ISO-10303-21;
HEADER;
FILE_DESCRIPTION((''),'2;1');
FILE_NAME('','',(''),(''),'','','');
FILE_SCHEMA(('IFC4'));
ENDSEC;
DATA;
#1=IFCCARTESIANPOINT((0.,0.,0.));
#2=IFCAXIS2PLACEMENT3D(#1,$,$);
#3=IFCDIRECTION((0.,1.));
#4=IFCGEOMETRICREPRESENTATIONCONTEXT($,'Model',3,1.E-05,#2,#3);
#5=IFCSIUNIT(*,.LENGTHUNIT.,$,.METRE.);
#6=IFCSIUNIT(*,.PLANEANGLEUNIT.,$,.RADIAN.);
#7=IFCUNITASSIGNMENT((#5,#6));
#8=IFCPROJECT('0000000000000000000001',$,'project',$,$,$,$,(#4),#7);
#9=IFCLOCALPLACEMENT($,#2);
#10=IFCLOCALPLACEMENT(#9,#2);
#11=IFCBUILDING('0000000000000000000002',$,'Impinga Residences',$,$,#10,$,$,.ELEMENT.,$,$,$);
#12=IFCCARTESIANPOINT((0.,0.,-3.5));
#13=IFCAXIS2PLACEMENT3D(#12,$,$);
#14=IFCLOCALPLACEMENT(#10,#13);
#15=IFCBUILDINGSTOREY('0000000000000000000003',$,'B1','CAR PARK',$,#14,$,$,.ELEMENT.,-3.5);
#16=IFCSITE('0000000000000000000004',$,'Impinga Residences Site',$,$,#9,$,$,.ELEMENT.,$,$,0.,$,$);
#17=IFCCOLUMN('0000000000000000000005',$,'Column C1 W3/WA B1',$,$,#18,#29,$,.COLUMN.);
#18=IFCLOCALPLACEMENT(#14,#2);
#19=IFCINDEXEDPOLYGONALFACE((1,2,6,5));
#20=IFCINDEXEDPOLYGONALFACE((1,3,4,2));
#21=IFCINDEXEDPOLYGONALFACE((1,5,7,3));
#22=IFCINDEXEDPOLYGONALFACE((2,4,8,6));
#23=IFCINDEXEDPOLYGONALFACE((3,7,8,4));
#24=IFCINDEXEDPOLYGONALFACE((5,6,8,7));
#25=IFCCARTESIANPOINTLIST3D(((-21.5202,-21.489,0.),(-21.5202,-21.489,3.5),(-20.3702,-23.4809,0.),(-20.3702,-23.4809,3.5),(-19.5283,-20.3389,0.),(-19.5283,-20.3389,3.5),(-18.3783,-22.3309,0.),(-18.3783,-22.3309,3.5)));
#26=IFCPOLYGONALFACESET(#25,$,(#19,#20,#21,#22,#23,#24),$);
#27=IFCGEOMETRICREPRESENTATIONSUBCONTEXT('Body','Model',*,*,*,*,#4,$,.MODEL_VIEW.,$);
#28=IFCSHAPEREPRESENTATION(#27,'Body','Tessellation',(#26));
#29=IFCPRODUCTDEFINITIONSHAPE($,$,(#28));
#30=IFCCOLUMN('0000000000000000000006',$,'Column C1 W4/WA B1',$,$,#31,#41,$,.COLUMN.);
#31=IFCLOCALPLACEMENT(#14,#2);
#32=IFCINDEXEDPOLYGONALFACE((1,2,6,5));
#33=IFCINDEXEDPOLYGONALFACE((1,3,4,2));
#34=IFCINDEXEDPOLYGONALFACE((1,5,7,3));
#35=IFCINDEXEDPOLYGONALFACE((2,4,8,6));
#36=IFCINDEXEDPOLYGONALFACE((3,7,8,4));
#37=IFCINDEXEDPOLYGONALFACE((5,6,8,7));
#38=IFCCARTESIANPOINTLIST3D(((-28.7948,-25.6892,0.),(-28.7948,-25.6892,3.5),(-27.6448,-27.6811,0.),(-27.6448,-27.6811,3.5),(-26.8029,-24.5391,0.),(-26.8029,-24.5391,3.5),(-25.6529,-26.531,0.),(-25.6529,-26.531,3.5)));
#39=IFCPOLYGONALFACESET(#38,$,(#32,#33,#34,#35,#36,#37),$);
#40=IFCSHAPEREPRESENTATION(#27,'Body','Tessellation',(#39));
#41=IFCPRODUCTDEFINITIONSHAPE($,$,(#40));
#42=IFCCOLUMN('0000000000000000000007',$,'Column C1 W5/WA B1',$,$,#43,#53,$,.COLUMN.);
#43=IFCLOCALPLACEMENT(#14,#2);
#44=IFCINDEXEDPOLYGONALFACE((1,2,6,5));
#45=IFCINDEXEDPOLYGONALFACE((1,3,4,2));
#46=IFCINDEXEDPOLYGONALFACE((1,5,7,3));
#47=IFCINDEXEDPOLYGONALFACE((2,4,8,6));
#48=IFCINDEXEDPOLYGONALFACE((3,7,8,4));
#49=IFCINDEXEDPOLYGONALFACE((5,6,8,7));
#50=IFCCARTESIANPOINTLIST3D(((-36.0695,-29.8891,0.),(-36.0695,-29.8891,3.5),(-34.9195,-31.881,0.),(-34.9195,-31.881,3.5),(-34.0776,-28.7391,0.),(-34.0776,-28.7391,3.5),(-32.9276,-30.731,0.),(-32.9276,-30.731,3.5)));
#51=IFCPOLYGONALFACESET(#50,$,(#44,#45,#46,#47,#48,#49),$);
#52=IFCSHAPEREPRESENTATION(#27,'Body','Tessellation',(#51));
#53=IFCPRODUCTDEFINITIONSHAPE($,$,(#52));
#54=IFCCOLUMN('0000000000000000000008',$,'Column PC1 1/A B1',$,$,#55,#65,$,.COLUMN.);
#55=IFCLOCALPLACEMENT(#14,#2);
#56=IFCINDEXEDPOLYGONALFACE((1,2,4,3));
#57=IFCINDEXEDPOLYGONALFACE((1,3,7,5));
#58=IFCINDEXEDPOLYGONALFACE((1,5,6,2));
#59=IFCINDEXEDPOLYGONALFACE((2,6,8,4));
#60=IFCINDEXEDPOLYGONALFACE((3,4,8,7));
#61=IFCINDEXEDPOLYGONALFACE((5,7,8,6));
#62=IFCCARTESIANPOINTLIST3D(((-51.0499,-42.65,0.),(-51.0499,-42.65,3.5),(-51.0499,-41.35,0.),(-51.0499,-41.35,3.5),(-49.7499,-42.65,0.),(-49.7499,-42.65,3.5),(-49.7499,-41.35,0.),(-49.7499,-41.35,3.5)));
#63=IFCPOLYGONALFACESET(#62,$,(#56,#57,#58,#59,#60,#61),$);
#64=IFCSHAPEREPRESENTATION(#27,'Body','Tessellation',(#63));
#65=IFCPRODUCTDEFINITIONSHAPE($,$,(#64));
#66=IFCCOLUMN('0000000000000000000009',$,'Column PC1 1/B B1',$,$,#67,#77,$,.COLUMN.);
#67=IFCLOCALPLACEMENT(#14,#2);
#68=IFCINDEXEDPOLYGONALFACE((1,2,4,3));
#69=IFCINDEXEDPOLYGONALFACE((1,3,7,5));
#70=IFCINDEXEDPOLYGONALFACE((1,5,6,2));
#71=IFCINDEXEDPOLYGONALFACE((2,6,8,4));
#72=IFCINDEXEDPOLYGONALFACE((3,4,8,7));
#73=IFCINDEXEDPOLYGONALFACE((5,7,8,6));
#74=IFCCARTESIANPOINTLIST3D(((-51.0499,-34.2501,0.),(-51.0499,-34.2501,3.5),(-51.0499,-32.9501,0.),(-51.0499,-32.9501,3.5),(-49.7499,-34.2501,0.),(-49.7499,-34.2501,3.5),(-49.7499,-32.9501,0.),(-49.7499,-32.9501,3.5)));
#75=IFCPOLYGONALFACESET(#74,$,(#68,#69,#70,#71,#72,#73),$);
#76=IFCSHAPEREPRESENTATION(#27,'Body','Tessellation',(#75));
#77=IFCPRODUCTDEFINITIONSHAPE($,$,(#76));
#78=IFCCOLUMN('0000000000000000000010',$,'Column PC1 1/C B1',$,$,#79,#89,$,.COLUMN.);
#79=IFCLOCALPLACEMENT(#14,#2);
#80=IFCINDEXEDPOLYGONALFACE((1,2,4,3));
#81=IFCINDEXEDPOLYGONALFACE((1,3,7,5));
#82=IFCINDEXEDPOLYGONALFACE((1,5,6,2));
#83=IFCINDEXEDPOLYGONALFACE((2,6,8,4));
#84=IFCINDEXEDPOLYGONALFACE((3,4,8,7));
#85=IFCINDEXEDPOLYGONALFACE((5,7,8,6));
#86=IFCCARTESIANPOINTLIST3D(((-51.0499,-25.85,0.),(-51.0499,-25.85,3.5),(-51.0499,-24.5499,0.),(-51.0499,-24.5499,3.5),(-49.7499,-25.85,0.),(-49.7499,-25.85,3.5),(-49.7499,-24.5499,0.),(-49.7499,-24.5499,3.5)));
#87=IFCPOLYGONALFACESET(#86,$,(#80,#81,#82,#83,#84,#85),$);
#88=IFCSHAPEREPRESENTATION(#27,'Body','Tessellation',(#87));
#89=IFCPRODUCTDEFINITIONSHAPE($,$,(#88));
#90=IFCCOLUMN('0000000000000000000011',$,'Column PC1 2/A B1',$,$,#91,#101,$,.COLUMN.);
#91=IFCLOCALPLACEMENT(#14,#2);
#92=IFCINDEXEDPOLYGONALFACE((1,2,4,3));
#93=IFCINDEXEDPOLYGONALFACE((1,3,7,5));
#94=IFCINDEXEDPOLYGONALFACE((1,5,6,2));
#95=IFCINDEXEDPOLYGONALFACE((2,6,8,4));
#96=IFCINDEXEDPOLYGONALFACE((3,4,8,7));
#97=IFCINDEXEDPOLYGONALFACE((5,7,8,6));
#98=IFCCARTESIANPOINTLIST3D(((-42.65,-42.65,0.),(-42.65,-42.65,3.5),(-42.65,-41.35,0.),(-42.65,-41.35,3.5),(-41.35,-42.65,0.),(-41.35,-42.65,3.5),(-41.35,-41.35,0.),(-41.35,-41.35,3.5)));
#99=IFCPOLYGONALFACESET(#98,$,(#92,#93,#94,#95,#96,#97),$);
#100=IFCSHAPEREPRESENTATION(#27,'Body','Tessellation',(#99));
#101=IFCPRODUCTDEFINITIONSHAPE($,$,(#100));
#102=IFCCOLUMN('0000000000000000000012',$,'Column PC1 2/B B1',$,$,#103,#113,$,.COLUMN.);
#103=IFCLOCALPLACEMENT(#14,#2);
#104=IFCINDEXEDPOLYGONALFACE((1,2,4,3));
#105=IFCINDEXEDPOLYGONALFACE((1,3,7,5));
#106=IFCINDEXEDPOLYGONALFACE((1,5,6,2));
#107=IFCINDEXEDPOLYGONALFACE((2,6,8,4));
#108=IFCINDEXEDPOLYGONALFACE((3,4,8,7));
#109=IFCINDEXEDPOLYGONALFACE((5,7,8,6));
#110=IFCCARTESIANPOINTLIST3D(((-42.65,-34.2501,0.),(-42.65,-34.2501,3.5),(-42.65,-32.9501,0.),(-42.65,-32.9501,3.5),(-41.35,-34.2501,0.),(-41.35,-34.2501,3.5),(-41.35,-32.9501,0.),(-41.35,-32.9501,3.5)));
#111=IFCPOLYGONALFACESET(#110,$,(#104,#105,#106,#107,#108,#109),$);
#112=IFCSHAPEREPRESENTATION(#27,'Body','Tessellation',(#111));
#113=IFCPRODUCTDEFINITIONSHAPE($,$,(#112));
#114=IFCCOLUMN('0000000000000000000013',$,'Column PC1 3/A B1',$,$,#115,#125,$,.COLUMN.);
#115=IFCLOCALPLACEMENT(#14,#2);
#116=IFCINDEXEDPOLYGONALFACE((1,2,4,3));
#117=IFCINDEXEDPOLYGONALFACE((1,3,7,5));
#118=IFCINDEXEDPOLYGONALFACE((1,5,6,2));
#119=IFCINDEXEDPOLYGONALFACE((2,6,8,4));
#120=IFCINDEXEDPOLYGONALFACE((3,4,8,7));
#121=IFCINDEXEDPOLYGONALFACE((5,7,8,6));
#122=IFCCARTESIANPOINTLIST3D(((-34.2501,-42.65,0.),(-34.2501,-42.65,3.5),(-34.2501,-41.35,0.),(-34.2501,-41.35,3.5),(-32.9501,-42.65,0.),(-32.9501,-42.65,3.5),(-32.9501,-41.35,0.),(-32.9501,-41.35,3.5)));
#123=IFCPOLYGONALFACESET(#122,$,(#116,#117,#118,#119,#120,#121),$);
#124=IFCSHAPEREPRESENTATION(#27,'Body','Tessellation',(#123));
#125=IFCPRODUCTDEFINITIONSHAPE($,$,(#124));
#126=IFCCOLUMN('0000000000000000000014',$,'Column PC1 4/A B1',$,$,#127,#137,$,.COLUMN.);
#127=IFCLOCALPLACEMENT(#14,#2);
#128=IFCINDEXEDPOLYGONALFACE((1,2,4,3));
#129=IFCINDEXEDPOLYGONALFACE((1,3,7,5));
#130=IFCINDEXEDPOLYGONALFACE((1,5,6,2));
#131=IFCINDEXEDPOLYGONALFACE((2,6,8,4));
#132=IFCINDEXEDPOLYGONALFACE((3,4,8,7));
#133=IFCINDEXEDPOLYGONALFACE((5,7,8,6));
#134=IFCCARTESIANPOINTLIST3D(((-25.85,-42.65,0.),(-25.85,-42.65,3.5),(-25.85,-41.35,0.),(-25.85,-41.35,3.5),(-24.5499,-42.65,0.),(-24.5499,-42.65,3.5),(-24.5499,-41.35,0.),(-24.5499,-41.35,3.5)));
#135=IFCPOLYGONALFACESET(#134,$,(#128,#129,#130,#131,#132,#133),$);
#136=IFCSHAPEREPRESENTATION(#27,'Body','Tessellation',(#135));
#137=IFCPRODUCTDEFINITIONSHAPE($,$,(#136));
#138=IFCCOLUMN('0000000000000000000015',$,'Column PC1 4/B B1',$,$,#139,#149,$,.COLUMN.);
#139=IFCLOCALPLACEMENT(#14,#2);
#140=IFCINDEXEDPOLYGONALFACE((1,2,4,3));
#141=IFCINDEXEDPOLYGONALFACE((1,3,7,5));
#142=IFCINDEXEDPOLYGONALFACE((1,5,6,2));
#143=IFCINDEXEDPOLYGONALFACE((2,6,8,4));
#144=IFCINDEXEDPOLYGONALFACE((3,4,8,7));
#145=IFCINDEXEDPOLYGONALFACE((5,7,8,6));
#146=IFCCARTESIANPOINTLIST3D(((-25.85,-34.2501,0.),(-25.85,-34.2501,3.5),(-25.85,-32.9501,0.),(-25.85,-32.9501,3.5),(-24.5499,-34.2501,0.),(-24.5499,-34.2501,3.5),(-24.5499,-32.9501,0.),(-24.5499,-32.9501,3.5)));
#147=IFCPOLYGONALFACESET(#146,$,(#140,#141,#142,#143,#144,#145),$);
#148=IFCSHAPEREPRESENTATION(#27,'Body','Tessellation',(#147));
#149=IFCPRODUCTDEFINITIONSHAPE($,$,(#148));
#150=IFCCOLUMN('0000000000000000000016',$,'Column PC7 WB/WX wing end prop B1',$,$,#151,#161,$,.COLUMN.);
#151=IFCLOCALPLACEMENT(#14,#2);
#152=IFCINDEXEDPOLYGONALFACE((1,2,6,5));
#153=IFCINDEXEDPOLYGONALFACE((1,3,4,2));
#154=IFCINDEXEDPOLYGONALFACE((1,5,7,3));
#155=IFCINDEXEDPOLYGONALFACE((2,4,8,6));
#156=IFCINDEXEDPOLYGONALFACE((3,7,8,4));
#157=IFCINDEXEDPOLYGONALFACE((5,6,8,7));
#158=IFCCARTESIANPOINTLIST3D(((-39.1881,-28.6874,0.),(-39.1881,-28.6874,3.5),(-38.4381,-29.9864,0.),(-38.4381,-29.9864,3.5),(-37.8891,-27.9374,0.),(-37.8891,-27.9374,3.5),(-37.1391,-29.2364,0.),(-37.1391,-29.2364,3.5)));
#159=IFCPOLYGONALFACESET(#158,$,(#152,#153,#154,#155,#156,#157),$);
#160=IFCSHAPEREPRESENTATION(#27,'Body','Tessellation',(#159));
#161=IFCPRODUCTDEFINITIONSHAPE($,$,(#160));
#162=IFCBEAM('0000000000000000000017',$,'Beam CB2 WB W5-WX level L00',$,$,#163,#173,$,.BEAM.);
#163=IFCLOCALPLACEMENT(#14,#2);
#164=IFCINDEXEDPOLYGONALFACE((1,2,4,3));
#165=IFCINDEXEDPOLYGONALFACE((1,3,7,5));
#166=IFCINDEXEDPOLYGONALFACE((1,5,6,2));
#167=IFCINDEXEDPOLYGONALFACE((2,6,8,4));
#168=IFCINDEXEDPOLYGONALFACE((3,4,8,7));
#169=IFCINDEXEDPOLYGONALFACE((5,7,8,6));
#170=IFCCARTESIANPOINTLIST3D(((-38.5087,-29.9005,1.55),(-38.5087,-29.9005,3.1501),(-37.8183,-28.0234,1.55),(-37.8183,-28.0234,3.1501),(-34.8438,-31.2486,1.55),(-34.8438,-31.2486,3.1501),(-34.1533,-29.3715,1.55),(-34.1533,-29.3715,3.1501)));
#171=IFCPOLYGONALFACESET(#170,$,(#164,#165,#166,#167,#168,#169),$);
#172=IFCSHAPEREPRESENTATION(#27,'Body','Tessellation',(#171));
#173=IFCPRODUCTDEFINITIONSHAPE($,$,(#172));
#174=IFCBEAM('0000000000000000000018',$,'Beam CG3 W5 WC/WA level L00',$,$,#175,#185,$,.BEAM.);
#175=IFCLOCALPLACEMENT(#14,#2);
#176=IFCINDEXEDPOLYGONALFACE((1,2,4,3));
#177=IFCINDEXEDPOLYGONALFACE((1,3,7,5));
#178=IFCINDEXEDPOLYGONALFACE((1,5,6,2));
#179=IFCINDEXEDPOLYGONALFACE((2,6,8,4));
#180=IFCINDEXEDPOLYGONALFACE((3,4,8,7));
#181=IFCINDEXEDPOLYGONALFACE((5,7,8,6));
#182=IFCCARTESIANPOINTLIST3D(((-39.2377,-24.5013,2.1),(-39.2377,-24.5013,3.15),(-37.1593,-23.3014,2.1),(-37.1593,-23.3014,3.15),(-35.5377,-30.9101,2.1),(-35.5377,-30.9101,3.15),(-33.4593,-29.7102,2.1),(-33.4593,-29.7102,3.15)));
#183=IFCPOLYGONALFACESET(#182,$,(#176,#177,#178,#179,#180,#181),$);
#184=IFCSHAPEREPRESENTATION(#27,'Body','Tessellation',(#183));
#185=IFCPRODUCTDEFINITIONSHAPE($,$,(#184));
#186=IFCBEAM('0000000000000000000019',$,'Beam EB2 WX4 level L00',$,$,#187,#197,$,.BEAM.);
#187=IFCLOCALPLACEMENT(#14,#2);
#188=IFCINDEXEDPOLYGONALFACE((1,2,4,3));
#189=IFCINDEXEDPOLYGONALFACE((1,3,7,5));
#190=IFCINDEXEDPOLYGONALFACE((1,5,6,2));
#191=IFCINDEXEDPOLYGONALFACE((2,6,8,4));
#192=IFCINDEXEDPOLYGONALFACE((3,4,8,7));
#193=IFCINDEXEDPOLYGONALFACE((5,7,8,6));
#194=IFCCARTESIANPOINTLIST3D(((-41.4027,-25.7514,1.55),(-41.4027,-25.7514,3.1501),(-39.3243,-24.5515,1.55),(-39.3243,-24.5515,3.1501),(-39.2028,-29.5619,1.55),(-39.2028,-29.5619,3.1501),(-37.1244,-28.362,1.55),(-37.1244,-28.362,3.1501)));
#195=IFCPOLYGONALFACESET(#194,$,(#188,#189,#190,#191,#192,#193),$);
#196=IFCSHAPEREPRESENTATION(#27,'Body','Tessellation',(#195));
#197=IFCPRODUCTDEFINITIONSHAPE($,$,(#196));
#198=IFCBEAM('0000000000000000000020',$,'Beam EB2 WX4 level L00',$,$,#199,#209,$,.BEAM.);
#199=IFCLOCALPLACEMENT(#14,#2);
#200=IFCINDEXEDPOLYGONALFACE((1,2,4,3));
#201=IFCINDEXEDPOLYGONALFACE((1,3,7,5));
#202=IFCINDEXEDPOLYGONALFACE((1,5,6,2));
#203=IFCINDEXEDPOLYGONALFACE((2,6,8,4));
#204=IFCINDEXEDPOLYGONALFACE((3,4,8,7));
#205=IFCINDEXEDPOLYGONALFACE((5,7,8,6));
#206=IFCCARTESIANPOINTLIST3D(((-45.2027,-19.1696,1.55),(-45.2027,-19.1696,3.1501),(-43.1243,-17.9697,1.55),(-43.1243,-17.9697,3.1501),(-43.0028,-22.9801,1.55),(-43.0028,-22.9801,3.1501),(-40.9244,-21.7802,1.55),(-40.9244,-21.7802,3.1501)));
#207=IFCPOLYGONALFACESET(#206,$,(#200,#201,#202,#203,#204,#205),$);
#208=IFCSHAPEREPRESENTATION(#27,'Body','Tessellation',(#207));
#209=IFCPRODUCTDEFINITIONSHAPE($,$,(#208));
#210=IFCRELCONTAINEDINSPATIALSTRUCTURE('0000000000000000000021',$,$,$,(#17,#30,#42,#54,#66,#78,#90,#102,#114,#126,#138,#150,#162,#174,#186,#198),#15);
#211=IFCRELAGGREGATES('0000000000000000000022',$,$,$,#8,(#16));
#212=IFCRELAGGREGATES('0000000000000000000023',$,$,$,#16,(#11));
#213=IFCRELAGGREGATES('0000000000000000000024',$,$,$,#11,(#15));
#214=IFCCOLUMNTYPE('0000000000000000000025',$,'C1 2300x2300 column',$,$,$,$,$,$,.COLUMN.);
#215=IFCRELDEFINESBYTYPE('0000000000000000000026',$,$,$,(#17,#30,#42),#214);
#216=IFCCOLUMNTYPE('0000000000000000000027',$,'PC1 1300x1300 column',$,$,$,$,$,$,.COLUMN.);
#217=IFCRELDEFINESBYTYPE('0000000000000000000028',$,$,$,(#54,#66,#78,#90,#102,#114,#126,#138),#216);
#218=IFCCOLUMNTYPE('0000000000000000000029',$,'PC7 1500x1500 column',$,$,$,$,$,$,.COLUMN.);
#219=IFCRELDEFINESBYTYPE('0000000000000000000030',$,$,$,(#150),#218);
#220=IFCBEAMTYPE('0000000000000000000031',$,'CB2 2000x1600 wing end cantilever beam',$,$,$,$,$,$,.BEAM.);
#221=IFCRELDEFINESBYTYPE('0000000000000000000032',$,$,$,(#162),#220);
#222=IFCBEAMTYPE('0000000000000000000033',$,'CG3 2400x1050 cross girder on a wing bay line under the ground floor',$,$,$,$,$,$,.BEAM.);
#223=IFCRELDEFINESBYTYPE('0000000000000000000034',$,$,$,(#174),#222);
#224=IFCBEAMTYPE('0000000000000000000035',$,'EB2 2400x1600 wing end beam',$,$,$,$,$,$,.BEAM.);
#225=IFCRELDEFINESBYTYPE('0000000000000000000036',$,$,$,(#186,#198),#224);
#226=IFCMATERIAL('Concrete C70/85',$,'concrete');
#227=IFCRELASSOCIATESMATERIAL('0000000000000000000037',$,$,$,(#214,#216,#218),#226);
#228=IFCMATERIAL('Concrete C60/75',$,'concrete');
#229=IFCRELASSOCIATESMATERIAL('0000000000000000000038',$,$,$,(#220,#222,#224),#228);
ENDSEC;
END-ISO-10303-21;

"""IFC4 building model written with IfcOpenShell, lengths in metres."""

from ifc_helpers import new_model, si_unit, direction, frame, origin, origin_2d, place, context, subcontext, project, spatial, rectangle, extrude, material, material_profile, profile_set, type_object, element, save


model = new_model("IFC4")

# Units and contexts
model_context = context("Model", 3, precision=1e-05, world=origin(), true_north=direction((0.0, 1.0)))
body_context = subcontext(model_context, "Body", "Model", "MODEL_VIEW")
ifc_project = project(units=[si_unit("LENGTHUNIT", "METRE"), si_unit("PLANEANGLEUNIT", "RADIAN")], contexts=[model_context])

# Site, building, storey
site_placement = place(None, origin())
site = spatial("IfcSite", under=ifc_project, at=site_placement, Name="Impinga Residences Site", CompositionType="ELEMENT", RefElevation=0.0)
building_placement = place(site_placement, origin())
building = spatial("IfcBuilding", under=site, at=building_placement, Name="Impinga Residences", CompositionType="ELEMENT")
storey_placement = place(building_placement, frame((0.0, 0.0, -3.5)))
storey = spatial("IfcBuildingStorey", under=building, at=storey_placement, Name="B1", Description="CAR PARK", CompositionType="ELEMENT", Elevation=-3.5)

# Columns
ifc_material_1 = material(Name="Concrete C70/85", Category="concrete")
ifc_material_profile_1 = material_profile(ifc_material_1, rectangle(XDim=2.3, YDim=2.3, at=origin_2d()), Name="RC 2300x2300")
ifc_profile_set_1 = profile_set([ifc_material_profile_1], Name="Concrete C70/85")
column_type_1 = type_object("IfcColumnType", Name="C1 2300x2300 column", PredefinedType="COLUMN", material=ifc_profile_set_1)
for number, where, z_axis, x_axis, name in (
    (1, (-19.9492, -21.9099, 0.0), (0.0, 0.0, 1.0), (-0.5, 0.866025, 0.0), "Column C1 W3/WA B1"),
    (2, (-27.2239, -26.1101, 0.0), (0.0, 0.0, 1.0), (-0.5, 0.866025, 0.0), "Column C1 W4/WA B1"),
    (3, (-34.4985, -30.3101, 0.0), (0.0, 0.0, 1.0), (-0.5, 0.866025, 0.0), "Column C1 W5/WA B1"),
):
    element("IfcColumn", number, at=place(storey_placement, frame(where, z_axis=z_axis, x_axis=x_axis)), inside=storey, type_object=column_type_1, Name=name, PredefinedType="COLUMN", context=body_context, shape_type="SweptSolid", body=[
        extrude(rectangle(XDim=2.3, YDim=2.3, at=origin_2d()), origin(), (0.0, 0.0, 1.0), 3.5),
    ])
ifc_material_profile_2 = material_profile(ifc_material_1, rectangle(XDim=1.3, YDim=1.3, at=origin_2d()), Name="RC 1300x1300")
ifc_profile_set_2 = profile_set([ifc_material_profile_2], Name="Concrete C70/85")
column_type_2 = type_object("IfcColumnType", Name="PC1 1300x1300 column", PredefinedType="COLUMN", material=ifc_profile_set_2)
for number, where, z_axis, x_axis, name in (
    (4, (-50.3999, -42.0, 0.0), (0.0, 0.0, 1.0), (1.0, 0.0, 0.0), "Column PC1 1/A B1"),
    (5, (-50.3999, -33.6001, 0.0), (0.0, 0.0, 1.0), (1.0, 0.0, 0.0), "Column PC1 1/B B1"),
    (6, (-50.3999, -25.2, 0.0), (0.0, 0.0, 1.0), (1.0, 0.0, 0.0), "Column PC1 1/C B1"),
    (7, (-42.0, -42.0, 0.0), (0.0, 0.0, 1.0), (1.0, 0.0, 0.0), "Column PC1 2/A B1"),
    (8, (-42.0, -33.6001, 0.0), (0.0, 0.0, 1.0), (1.0, 0.0, 0.0), "Column PC1 2/B B1"),
    (9, (-33.6001, -42.0, 0.0), (0.0, 0.0, 1.0), (1.0, 0.0, 0.0), "Column PC1 3/A B1"),
    (10, (-25.2, -42.0, 0.0), (0.0, 0.0, 1.0), (1.0, 0.0, 0.0), "Column PC1 4/A B1"),
    (11, (-25.2, -33.6001, 0.0), (0.0, 0.0, 1.0), (1.0, 0.0, 0.0), "Column PC1 4/B B1"),
):
    element("IfcColumn", number, at=place(storey_placement, frame(where, z_axis=z_axis, x_axis=x_axis)), inside=storey, type_object=column_type_2, Name=name, PredefinedType="COLUMN", context=body_context, shape_type="SweptSolid", body=[
        extrude(rectangle(XDim=1.3, YDim=1.3, at=origin_2d()), origin(), (0.0, 0.0, 1.0), 3.5),
    ])
ifc_material_profile_3 = material_profile(ifc_material_1, rectangle(XDim=1.5, YDim=1.5, at=origin_2d()), Name="RC 1500x1500")
ifc_profile_set_3 = profile_set([ifc_material_profile_3], Name="Concrete C70/85")
column_type_3 = type_object("IfcColumnType", Name="PC7 1500x1500 column", PredefinedType="COLUMN", material=ifc_profile_set_3)
column_placement = place(storey_placement, frame((-38.1636, -28.9619, 0.0), z_axis=(0.0, 0.0, 1.0), x_axis=(-0.5, 0.866025, 0.0)))
element("IfcColumn", 12, at=column_placement, inside=storey, type_object=column_type_3, Name="Column PC7 WB/WX wing end prop B1", PredefinedType="COLUMN", context=body_context, shape_type="SweptSolid", body=[
    extrude(rectangle(XDim=1.5, YDim=1.5, at=origin_2d()), origin(), (0.0, 0.0, 1.0), 3.5),
])

# Beams
ifc_material_2 = material(Name="Concrete C60/75", Category="concrete")
ifc_material_profile_4 = material_profile(ifc_material_2, rectangle(XDim=2.0, YDim=1.6001, at=origin_2d()), Name="RC 2000x1600")
ifc_profile_set_4 = profile_set([ifc_material_profile_4], Name="Concrete C60/75")
beam_type_1 = type_object("IfcBeamType", Name="CB2 2000x1600 wing end cantilever beam", PredefinedType="BEAM", material=ifc_profile_set_4)
beam_1_placement = place(storey_placement, frame((-34.4985, -30.3101, 2.3501), z_axis=(-0.93852, 0.345224, 0.0), x_axis=(-0.345224, -0.93852, 0.0)))
element("IfcBeam", 13, at=beam_1_placement, inside=storey, type_object=beam_type_1, Name="Beam CB2 WB W5-WX level L00", PredefinedType="BEAM", context=body_context, shape_type="SweptSolid", body=[
    extrude(rectangle(XDim=2.0, YDim=1.6001, at=origin_2d()), origin(), (0.0, 0.0, 1.0), 3.905),
])
ifc_material_profile_5 = material_profile(ifc_material_2, rectangle(XDim=2.3999, YDim=1.05, at=origin_2d()), Name="RC 2400x1050")
ifc_profile_set_5 = profile_set([ifc_material_profile_5], Name="Concrete C60/75")
beam_type_2 = type_object("IfcBeamType", Name="CG3 2400x1050 cross girder on a wing bay line under the ground floor", PredefinedType="BEAM", material=ifc_profile_set_5)
beam_2_placement = place(storey_placement, frame((-38.1985, -23.9014, 2.625), z_axis=(0.499989, -0.866032, 0.0), x_axis=(0.866032, 0.499989, 0.0)))
element("IfcBeam", 14, at=beam_2_placement, inside=storey, type_object=beam_type_2, Name="Beam CG3 W5 WC/WA level L00", PredefinedType="BEAM", context=body_context, shape_type="SweptSolid", body=[
    extrude(rectangle(XDim=2.3999, YDim=1.05, at=origin_2d()), origin(), (0.0, 0.0, 1.0), 7.4001),
])
ifc_material_profile_6 = material_profile(ifc_material_2, rectangle(XDim=2.3999, YDim=1.6001, at=origin_2d()), Name="RC 2400x1600")
ifc_profile_set_6 = profile_set([ifc_material_profile_6], Name="Concrete C60/75")
beam_type_3 = type_object("IfcBeamType", Name="EB2 2400x1600 wing end beam", PredefinedType="BEAM", material=ifc_profile_set_6)
for number, where, z_axis, x_axis, name in (
    (15, (-38.1636, -28.9619, 2.3501), (-0.499988, 0.866032, 0.0), (-0.866032, -0.499988, 0.0), "Beam EB2 WX4 level L00"),
    (16, (-41.9636, -22.3801, 2.3501), (-0.499988, 0.866032, 0.0), (-0.866032, -0.499988, 0.0), "Beam EB2 WX4 level L00"),
):
    element("IfcBeam", number, at=place(storey_placement, frame(where, z_axis=z_axis, x_axis=x_axis)), inside=storey, type_object=beam_type_3, Name=name, PredefinedType="BEAM", context=body_context, shape_type="SweptSolid", body=[
        extrude(rectangle(XDim=2.3999, YDim=1.6001, at=origin_2d()), origin(), (0.0, 0.0, 1.0), 4.3999),
    ])

save(model, "model.ifc")
